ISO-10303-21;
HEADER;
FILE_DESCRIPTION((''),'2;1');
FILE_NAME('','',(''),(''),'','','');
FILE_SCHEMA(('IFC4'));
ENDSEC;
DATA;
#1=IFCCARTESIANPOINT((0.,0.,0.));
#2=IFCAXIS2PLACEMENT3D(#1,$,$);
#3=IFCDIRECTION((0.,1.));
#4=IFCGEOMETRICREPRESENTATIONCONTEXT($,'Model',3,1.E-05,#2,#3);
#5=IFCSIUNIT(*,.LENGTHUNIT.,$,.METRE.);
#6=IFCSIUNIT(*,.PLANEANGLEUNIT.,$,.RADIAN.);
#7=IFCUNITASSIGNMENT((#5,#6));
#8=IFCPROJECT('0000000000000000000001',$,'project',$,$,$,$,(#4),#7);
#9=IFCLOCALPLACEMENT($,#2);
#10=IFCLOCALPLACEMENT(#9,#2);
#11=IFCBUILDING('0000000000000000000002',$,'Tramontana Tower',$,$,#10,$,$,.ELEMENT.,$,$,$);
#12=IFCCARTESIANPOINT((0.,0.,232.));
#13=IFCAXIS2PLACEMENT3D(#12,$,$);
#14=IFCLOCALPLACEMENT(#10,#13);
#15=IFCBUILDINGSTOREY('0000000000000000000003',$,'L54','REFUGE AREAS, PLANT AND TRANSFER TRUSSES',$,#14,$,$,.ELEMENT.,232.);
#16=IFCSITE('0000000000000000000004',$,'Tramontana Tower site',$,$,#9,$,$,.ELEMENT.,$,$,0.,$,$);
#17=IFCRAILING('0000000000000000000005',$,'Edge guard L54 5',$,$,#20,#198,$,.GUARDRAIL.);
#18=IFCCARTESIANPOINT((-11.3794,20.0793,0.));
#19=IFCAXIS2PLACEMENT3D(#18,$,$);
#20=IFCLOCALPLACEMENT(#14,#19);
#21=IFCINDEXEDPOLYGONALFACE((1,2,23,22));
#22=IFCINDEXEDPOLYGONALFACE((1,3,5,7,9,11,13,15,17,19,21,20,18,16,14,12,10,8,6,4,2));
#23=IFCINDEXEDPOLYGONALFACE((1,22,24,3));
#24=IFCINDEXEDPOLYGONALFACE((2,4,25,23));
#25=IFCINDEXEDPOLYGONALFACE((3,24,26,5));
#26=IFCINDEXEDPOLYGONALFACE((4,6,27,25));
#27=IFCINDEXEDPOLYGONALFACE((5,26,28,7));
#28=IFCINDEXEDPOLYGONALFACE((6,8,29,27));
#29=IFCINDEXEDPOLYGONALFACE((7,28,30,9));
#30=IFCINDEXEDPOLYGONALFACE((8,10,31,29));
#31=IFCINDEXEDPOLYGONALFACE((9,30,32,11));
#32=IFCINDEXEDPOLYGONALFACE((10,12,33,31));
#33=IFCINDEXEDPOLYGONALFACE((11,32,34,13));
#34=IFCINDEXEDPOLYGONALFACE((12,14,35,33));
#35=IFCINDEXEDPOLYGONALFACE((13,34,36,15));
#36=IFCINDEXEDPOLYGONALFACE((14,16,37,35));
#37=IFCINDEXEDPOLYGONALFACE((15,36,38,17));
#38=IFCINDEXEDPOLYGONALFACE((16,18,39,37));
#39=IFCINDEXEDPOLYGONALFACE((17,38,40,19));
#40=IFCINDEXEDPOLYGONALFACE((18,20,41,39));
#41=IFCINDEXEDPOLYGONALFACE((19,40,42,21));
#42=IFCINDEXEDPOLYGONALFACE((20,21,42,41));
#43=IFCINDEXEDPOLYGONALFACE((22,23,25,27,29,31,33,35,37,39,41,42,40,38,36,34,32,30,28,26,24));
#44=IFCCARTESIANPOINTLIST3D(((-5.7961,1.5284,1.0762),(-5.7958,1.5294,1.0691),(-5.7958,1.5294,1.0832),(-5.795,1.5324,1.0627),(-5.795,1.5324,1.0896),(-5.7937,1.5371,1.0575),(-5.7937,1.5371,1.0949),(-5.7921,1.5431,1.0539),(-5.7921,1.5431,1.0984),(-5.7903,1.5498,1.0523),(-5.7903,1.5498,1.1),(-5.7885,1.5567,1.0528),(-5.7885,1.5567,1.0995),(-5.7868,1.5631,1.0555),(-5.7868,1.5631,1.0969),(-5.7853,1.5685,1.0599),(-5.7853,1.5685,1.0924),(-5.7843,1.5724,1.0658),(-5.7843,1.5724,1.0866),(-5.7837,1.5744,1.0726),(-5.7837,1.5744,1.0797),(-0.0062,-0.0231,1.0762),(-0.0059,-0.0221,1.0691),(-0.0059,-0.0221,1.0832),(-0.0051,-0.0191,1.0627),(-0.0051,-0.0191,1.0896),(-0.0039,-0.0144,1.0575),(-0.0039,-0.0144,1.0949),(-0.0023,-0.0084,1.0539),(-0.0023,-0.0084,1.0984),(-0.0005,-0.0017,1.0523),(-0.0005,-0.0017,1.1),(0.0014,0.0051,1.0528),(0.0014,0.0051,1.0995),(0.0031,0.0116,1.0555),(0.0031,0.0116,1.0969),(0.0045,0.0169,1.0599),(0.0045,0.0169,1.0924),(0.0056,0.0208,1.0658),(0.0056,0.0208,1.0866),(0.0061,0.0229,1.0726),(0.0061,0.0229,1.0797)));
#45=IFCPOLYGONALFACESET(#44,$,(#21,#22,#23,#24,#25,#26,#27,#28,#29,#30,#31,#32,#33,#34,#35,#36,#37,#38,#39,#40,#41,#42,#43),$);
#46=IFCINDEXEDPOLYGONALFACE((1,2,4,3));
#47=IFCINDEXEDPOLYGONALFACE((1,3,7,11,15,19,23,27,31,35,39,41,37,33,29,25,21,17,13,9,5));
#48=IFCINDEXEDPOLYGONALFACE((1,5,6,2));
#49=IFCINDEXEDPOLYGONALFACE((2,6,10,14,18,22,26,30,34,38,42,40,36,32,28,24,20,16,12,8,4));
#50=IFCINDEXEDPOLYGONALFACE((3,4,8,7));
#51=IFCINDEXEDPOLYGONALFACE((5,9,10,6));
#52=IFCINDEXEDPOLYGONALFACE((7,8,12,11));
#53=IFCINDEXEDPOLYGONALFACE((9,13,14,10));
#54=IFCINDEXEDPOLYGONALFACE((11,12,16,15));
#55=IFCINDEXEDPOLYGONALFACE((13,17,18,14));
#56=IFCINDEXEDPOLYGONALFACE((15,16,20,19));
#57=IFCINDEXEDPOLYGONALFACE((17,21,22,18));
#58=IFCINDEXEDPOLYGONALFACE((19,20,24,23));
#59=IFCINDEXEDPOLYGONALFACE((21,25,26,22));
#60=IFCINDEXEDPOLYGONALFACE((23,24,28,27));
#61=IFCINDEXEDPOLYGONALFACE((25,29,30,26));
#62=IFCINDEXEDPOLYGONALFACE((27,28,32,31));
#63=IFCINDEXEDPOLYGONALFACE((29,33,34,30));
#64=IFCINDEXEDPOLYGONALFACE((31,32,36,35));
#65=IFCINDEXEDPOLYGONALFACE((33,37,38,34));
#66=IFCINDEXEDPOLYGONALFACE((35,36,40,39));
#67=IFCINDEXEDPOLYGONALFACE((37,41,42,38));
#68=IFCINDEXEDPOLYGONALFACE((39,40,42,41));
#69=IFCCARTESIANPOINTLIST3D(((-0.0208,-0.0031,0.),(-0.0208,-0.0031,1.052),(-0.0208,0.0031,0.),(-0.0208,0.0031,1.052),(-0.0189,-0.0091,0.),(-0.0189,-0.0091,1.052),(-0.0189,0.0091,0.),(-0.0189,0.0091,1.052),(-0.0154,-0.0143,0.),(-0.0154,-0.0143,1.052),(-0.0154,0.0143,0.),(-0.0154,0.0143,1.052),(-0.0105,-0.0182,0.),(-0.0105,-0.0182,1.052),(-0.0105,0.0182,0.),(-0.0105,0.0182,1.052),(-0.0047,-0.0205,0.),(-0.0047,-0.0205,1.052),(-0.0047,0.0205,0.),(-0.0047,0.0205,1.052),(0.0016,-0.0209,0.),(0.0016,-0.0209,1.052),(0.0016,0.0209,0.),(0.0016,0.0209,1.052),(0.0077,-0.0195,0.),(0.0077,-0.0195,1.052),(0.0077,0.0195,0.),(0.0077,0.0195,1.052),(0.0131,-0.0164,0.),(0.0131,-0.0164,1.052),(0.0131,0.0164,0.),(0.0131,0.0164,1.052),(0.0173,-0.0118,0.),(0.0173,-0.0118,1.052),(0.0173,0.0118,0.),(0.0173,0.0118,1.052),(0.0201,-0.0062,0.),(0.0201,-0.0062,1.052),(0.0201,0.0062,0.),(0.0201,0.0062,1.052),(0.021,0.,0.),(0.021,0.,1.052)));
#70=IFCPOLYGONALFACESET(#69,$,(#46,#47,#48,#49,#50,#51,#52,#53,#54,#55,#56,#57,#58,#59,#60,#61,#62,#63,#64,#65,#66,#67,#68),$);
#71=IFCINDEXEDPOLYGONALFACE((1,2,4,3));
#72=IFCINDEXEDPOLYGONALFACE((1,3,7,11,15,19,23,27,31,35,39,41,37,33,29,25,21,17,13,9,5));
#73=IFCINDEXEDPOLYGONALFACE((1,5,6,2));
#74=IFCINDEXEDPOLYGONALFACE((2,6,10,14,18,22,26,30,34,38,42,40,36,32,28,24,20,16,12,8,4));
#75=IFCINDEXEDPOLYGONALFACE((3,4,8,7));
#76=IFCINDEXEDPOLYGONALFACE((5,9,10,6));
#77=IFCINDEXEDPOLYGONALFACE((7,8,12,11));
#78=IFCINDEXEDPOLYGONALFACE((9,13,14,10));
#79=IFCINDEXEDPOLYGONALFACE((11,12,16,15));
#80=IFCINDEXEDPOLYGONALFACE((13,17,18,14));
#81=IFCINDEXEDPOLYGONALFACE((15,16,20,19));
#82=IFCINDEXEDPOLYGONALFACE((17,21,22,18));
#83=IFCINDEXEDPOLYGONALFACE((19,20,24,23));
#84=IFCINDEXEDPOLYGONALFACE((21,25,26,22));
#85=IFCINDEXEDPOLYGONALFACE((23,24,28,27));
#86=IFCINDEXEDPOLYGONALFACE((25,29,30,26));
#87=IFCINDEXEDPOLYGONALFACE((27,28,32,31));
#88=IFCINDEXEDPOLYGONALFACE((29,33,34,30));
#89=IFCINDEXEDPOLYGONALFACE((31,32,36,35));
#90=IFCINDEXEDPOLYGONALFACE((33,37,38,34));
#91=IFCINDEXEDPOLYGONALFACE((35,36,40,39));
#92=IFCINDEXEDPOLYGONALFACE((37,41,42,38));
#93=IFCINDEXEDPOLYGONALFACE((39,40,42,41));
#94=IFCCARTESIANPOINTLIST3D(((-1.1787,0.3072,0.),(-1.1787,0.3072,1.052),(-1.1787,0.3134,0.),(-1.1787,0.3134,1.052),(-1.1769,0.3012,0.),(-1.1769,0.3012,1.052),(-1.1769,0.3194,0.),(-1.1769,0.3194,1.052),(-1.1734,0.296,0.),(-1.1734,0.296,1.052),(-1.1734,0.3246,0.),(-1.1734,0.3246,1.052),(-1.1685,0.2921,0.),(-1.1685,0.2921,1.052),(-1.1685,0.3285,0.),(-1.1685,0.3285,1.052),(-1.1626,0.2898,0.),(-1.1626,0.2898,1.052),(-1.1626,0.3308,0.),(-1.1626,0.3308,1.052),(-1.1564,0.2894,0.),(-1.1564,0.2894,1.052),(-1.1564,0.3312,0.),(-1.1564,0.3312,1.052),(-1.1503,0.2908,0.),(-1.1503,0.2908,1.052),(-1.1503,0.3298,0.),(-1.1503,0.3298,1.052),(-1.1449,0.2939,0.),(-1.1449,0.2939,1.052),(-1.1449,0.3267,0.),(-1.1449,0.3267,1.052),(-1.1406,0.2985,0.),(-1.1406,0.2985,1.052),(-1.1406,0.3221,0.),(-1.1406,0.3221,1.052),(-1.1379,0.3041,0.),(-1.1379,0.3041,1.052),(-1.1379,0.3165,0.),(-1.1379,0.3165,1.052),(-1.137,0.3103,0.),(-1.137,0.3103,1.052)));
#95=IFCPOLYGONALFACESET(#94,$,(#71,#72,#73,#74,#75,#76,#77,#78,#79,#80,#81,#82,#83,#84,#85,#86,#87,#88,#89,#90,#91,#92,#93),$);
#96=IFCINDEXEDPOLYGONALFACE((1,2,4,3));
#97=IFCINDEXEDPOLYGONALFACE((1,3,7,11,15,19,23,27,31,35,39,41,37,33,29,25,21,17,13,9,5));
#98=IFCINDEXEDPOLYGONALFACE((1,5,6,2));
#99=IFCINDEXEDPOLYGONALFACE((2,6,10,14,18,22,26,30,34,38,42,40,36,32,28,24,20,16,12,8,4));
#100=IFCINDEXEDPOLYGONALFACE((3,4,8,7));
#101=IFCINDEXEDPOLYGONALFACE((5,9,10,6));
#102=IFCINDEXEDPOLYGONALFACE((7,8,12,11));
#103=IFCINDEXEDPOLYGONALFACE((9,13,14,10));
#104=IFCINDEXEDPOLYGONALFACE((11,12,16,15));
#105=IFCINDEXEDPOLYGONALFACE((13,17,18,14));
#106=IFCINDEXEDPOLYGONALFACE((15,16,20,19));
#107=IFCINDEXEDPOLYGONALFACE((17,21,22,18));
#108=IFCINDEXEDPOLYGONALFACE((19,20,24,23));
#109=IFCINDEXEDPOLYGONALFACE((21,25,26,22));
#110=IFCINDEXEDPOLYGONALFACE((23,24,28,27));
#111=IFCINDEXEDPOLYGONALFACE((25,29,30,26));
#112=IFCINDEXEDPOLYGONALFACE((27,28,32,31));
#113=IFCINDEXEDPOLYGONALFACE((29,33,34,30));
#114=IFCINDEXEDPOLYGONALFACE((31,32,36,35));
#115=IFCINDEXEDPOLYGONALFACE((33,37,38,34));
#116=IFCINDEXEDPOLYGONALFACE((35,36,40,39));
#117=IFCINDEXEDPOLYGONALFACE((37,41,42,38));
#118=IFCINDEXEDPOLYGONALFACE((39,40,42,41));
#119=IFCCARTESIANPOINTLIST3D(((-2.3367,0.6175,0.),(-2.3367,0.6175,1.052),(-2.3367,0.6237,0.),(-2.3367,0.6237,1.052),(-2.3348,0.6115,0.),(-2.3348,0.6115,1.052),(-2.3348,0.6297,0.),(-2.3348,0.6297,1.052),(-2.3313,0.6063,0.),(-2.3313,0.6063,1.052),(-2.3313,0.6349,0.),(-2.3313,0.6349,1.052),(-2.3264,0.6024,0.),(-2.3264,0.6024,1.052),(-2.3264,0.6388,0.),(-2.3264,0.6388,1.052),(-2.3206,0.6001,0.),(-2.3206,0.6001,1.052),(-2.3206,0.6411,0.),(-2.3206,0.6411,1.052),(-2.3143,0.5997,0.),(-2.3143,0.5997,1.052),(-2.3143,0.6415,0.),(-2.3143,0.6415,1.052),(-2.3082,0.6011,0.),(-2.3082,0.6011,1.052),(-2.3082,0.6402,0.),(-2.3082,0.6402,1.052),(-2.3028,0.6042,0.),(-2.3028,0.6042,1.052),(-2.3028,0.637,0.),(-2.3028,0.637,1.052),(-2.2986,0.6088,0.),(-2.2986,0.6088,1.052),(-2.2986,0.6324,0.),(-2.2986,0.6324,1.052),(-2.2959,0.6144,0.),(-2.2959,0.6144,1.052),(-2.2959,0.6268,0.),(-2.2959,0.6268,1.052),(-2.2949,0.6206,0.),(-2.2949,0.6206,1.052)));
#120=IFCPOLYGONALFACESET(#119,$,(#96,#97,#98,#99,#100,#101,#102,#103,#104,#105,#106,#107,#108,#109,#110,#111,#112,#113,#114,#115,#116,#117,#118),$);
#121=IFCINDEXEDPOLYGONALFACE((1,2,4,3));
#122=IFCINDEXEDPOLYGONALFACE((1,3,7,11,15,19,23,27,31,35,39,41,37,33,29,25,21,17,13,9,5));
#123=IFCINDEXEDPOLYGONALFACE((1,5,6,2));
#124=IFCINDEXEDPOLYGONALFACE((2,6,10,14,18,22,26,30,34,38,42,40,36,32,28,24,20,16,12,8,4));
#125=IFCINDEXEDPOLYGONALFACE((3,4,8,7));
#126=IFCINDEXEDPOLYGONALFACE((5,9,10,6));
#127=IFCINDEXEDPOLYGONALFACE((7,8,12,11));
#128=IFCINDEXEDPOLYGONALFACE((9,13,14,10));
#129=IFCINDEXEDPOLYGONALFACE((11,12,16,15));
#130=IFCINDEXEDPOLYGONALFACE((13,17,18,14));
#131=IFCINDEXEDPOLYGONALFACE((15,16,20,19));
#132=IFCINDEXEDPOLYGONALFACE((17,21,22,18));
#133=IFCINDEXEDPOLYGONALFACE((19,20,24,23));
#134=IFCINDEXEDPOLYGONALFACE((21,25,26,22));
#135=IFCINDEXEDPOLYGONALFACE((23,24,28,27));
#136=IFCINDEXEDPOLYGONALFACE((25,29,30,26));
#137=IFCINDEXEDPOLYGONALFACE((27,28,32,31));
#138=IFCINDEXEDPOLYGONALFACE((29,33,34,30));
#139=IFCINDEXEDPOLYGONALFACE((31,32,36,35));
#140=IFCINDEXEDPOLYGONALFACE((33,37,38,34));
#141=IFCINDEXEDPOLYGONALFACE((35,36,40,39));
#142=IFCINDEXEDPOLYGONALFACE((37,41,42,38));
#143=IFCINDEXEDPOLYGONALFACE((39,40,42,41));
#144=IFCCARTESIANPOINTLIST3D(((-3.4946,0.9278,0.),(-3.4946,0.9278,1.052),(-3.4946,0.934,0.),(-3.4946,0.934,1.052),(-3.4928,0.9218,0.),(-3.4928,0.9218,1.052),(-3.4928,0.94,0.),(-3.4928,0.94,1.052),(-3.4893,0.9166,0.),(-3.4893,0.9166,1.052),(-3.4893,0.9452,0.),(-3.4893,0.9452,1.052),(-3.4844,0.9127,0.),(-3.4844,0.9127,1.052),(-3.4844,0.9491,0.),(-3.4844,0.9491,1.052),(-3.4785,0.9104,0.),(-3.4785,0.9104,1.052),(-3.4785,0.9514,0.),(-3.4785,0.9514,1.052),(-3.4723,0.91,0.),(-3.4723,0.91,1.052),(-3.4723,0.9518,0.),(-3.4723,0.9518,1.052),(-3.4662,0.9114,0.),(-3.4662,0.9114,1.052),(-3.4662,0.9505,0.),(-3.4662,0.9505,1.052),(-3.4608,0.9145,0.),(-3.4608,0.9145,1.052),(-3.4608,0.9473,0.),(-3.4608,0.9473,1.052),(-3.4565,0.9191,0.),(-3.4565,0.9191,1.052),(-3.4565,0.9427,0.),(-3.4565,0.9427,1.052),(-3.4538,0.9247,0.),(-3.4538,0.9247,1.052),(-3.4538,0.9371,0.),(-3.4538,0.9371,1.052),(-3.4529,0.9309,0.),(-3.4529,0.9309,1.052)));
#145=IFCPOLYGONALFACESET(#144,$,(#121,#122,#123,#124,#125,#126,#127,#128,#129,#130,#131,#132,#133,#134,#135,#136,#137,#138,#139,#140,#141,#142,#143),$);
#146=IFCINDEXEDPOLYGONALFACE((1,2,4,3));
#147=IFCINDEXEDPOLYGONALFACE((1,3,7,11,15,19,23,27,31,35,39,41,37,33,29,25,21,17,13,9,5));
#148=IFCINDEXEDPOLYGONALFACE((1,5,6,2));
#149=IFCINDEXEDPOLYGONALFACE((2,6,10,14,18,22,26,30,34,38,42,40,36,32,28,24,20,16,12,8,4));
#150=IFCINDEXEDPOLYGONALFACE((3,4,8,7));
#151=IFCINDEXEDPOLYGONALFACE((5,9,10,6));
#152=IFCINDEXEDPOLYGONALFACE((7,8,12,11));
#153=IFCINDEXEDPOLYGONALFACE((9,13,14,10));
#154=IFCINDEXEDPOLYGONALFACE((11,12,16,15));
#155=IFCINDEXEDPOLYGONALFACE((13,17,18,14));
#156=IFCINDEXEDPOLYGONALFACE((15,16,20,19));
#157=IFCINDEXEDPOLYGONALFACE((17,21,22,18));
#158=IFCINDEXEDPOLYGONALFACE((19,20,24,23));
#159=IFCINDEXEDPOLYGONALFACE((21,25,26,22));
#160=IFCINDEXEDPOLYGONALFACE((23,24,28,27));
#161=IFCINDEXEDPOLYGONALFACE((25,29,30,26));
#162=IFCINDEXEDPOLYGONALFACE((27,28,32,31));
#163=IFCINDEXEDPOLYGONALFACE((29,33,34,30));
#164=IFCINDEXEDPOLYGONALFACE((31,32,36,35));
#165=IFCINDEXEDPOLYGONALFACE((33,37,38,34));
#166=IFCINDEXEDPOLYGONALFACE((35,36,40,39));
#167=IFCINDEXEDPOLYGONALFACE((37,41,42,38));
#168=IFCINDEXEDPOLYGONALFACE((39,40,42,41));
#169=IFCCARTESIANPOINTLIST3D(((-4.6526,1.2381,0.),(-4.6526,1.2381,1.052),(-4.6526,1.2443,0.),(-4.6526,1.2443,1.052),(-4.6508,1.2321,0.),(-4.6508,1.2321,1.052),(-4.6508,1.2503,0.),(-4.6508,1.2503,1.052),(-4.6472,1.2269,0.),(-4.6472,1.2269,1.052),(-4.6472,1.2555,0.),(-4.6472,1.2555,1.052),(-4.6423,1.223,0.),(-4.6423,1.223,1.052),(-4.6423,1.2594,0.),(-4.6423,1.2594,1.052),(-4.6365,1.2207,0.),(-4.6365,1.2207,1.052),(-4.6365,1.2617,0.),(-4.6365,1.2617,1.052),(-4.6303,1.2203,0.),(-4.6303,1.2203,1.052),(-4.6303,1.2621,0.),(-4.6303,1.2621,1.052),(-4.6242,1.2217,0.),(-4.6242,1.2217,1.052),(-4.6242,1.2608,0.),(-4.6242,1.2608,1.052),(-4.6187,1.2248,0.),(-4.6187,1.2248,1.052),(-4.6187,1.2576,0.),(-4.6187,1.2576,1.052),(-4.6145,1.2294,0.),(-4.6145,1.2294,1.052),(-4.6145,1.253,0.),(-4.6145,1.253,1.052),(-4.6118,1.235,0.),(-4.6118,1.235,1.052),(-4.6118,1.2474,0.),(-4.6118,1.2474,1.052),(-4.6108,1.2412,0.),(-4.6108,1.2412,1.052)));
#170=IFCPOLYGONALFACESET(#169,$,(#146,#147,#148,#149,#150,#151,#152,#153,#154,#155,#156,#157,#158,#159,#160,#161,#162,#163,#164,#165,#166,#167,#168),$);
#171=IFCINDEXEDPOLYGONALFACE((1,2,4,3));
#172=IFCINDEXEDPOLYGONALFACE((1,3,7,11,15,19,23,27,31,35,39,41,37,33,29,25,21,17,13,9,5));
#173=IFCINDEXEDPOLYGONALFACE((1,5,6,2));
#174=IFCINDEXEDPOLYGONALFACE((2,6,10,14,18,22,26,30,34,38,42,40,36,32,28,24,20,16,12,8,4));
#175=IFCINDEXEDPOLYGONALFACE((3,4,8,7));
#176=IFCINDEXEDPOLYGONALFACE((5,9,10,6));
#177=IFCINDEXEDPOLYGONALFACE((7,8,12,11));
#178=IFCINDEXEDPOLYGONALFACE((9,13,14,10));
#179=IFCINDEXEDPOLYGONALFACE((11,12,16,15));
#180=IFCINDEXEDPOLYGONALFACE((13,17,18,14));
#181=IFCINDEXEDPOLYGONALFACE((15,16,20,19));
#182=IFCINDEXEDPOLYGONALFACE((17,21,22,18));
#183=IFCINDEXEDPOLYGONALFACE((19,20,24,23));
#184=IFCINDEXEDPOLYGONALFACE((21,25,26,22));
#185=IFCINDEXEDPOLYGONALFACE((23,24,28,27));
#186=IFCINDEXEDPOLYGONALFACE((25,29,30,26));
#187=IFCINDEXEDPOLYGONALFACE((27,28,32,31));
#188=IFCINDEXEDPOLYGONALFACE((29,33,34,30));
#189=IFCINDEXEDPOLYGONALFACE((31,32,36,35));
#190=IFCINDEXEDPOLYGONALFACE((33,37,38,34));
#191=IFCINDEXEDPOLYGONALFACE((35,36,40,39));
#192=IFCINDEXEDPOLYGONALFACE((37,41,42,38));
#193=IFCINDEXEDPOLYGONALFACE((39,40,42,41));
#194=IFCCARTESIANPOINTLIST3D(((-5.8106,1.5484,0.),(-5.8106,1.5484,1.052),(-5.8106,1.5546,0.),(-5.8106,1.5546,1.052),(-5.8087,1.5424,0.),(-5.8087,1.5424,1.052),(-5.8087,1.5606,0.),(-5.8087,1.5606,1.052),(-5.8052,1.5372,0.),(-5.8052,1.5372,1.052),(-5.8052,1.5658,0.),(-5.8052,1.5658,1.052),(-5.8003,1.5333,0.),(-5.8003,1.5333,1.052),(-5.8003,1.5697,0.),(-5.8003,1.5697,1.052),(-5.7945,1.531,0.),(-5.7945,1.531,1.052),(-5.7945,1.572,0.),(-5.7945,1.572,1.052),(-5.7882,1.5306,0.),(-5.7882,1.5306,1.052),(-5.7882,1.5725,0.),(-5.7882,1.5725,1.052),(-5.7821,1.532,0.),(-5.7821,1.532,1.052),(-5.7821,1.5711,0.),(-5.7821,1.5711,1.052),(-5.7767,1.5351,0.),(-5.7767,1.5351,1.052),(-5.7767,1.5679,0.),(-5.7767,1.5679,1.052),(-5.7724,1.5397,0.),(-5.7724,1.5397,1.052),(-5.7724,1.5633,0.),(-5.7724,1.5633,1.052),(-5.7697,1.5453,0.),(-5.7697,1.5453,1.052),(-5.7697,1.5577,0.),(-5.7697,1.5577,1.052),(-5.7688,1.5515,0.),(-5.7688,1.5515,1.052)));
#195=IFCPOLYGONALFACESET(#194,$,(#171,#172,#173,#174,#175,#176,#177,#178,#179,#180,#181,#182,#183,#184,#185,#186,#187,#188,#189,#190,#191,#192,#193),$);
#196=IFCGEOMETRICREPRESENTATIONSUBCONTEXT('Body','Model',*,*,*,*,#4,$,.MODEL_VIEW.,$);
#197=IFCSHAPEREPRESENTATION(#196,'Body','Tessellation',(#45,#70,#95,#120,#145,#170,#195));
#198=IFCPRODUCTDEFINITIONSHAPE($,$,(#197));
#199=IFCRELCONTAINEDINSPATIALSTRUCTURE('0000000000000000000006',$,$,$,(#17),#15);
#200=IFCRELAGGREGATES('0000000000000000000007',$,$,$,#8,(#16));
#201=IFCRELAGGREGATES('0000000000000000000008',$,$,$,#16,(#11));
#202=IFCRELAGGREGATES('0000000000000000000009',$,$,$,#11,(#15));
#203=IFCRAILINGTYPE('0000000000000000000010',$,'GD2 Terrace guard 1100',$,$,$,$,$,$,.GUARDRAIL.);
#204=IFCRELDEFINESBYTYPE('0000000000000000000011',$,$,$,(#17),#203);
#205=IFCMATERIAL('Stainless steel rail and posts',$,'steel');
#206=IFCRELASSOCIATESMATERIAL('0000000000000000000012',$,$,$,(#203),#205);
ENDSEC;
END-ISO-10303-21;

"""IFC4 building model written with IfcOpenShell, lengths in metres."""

from ifc_helpers import new_model, si_unit, direction, frame, origin, origin_2d, place, context, subcontext, project, spatial, circle, extrude, material, type_object, element, save


model = new_model("IFC4")

# Units and contexts
model_context = context("Model", 3, precision=1e-05, world=origin(), true_north=direction((0.0, 1.0)))
body_context = subcontext(model_context, "Body", "Model", "MODEL_VIEW")
ifc_project = project(units=[si_unit("LENGTHUNIT", "METRE"), si_unit("PLANEANGLEUNIT", "RADIAN")], contexts=[model_context])

# Site, building, storey
site_placement = place(None, origin())
site = spatial("IfcSite", under=ifc_project, at=site_placement, Name="Tramontana Tower site", CompositionType="ELEMENT", RefElevation=0.0)
building_placement = place(site_placement, origin())
building = spatial("IfcBuilding", under=site, at=building_placement, Name="Tramontana Tower", CompositionType="ELEMENT")
storey_placement = place(building_placement, frame((0.0, 0.0, 232.0)))
storey = spatial("IfcBuildingStorey", under=building, at=storey_placement, Name="L54", Description="REFUGE AREAS, PLANT AND TRANSFER TRUSSES", CompositionType="ELEMENT", Elevation=232.0)

# Railing
ifc_material_1 = material(Name="Stainless steel rail and posts", Category="steel")
railing_type = type_object("IfcRailingType", Name="GD2 Terrace guard 1100", PredefinedType="GUARDRAIL", material=ifc_material_1)
railing_1_placement = place(storey_placement, frame((-11.3794, 20.0793, 0.0)))
element("IfcRailing", 1, at=railing_1_placement, inside=storey, type_object=railing_type, Name="Edge guard L54 5", PredefinedType="GUARDRAIL", context=body_context, shape_type="SweptSolid", body=[
    extrude(circle(Radius=0.0239, at=origin_2d()), frame((0.0, 0.0, 1.0762), z_axis=(-0.96592, 0.258841, 0.0), x_axis=(-0.258841, -0.96592, 0.0)), (0.0, 0.0, 1.0), 5.9941),
    extrude(circle(Radius=0.021, at=origin_2d()), origin(), (0.0, 0.0, 1.0), 1.052),
    extrude(circle(Radius=0.021, at=origin_2d()), frame((-1.158, 0.3103, 0.0)), (0.0, 0.0, 1.0), 1.052),
    extrude(circle(Radius=0.021, at=origin_2d()), frame((-2.3159, 0.6206, 0.0)), (0.0, 0.0, 1.0), 1.052),
    extrude(circle(Radius=0.021, at=origin_2d()), frame((-3.4739, 0.9309, 0.0)), (0.0, 0.0, 1.0), 1.052),
    extrude(circle(Radius=0.021, at=origin_2d()), frame((-4.6318, 1.2412, 0.0)), (0.0, 0.0, 1.0), 1.052),
    extrude(circle(Radius=0.021, at=origin_2d()), frame((-5.7898, 1.5515, 0.0)), (0.0, 0.0, 1.0), 1.052),
])

save(model, "model.ifc")
